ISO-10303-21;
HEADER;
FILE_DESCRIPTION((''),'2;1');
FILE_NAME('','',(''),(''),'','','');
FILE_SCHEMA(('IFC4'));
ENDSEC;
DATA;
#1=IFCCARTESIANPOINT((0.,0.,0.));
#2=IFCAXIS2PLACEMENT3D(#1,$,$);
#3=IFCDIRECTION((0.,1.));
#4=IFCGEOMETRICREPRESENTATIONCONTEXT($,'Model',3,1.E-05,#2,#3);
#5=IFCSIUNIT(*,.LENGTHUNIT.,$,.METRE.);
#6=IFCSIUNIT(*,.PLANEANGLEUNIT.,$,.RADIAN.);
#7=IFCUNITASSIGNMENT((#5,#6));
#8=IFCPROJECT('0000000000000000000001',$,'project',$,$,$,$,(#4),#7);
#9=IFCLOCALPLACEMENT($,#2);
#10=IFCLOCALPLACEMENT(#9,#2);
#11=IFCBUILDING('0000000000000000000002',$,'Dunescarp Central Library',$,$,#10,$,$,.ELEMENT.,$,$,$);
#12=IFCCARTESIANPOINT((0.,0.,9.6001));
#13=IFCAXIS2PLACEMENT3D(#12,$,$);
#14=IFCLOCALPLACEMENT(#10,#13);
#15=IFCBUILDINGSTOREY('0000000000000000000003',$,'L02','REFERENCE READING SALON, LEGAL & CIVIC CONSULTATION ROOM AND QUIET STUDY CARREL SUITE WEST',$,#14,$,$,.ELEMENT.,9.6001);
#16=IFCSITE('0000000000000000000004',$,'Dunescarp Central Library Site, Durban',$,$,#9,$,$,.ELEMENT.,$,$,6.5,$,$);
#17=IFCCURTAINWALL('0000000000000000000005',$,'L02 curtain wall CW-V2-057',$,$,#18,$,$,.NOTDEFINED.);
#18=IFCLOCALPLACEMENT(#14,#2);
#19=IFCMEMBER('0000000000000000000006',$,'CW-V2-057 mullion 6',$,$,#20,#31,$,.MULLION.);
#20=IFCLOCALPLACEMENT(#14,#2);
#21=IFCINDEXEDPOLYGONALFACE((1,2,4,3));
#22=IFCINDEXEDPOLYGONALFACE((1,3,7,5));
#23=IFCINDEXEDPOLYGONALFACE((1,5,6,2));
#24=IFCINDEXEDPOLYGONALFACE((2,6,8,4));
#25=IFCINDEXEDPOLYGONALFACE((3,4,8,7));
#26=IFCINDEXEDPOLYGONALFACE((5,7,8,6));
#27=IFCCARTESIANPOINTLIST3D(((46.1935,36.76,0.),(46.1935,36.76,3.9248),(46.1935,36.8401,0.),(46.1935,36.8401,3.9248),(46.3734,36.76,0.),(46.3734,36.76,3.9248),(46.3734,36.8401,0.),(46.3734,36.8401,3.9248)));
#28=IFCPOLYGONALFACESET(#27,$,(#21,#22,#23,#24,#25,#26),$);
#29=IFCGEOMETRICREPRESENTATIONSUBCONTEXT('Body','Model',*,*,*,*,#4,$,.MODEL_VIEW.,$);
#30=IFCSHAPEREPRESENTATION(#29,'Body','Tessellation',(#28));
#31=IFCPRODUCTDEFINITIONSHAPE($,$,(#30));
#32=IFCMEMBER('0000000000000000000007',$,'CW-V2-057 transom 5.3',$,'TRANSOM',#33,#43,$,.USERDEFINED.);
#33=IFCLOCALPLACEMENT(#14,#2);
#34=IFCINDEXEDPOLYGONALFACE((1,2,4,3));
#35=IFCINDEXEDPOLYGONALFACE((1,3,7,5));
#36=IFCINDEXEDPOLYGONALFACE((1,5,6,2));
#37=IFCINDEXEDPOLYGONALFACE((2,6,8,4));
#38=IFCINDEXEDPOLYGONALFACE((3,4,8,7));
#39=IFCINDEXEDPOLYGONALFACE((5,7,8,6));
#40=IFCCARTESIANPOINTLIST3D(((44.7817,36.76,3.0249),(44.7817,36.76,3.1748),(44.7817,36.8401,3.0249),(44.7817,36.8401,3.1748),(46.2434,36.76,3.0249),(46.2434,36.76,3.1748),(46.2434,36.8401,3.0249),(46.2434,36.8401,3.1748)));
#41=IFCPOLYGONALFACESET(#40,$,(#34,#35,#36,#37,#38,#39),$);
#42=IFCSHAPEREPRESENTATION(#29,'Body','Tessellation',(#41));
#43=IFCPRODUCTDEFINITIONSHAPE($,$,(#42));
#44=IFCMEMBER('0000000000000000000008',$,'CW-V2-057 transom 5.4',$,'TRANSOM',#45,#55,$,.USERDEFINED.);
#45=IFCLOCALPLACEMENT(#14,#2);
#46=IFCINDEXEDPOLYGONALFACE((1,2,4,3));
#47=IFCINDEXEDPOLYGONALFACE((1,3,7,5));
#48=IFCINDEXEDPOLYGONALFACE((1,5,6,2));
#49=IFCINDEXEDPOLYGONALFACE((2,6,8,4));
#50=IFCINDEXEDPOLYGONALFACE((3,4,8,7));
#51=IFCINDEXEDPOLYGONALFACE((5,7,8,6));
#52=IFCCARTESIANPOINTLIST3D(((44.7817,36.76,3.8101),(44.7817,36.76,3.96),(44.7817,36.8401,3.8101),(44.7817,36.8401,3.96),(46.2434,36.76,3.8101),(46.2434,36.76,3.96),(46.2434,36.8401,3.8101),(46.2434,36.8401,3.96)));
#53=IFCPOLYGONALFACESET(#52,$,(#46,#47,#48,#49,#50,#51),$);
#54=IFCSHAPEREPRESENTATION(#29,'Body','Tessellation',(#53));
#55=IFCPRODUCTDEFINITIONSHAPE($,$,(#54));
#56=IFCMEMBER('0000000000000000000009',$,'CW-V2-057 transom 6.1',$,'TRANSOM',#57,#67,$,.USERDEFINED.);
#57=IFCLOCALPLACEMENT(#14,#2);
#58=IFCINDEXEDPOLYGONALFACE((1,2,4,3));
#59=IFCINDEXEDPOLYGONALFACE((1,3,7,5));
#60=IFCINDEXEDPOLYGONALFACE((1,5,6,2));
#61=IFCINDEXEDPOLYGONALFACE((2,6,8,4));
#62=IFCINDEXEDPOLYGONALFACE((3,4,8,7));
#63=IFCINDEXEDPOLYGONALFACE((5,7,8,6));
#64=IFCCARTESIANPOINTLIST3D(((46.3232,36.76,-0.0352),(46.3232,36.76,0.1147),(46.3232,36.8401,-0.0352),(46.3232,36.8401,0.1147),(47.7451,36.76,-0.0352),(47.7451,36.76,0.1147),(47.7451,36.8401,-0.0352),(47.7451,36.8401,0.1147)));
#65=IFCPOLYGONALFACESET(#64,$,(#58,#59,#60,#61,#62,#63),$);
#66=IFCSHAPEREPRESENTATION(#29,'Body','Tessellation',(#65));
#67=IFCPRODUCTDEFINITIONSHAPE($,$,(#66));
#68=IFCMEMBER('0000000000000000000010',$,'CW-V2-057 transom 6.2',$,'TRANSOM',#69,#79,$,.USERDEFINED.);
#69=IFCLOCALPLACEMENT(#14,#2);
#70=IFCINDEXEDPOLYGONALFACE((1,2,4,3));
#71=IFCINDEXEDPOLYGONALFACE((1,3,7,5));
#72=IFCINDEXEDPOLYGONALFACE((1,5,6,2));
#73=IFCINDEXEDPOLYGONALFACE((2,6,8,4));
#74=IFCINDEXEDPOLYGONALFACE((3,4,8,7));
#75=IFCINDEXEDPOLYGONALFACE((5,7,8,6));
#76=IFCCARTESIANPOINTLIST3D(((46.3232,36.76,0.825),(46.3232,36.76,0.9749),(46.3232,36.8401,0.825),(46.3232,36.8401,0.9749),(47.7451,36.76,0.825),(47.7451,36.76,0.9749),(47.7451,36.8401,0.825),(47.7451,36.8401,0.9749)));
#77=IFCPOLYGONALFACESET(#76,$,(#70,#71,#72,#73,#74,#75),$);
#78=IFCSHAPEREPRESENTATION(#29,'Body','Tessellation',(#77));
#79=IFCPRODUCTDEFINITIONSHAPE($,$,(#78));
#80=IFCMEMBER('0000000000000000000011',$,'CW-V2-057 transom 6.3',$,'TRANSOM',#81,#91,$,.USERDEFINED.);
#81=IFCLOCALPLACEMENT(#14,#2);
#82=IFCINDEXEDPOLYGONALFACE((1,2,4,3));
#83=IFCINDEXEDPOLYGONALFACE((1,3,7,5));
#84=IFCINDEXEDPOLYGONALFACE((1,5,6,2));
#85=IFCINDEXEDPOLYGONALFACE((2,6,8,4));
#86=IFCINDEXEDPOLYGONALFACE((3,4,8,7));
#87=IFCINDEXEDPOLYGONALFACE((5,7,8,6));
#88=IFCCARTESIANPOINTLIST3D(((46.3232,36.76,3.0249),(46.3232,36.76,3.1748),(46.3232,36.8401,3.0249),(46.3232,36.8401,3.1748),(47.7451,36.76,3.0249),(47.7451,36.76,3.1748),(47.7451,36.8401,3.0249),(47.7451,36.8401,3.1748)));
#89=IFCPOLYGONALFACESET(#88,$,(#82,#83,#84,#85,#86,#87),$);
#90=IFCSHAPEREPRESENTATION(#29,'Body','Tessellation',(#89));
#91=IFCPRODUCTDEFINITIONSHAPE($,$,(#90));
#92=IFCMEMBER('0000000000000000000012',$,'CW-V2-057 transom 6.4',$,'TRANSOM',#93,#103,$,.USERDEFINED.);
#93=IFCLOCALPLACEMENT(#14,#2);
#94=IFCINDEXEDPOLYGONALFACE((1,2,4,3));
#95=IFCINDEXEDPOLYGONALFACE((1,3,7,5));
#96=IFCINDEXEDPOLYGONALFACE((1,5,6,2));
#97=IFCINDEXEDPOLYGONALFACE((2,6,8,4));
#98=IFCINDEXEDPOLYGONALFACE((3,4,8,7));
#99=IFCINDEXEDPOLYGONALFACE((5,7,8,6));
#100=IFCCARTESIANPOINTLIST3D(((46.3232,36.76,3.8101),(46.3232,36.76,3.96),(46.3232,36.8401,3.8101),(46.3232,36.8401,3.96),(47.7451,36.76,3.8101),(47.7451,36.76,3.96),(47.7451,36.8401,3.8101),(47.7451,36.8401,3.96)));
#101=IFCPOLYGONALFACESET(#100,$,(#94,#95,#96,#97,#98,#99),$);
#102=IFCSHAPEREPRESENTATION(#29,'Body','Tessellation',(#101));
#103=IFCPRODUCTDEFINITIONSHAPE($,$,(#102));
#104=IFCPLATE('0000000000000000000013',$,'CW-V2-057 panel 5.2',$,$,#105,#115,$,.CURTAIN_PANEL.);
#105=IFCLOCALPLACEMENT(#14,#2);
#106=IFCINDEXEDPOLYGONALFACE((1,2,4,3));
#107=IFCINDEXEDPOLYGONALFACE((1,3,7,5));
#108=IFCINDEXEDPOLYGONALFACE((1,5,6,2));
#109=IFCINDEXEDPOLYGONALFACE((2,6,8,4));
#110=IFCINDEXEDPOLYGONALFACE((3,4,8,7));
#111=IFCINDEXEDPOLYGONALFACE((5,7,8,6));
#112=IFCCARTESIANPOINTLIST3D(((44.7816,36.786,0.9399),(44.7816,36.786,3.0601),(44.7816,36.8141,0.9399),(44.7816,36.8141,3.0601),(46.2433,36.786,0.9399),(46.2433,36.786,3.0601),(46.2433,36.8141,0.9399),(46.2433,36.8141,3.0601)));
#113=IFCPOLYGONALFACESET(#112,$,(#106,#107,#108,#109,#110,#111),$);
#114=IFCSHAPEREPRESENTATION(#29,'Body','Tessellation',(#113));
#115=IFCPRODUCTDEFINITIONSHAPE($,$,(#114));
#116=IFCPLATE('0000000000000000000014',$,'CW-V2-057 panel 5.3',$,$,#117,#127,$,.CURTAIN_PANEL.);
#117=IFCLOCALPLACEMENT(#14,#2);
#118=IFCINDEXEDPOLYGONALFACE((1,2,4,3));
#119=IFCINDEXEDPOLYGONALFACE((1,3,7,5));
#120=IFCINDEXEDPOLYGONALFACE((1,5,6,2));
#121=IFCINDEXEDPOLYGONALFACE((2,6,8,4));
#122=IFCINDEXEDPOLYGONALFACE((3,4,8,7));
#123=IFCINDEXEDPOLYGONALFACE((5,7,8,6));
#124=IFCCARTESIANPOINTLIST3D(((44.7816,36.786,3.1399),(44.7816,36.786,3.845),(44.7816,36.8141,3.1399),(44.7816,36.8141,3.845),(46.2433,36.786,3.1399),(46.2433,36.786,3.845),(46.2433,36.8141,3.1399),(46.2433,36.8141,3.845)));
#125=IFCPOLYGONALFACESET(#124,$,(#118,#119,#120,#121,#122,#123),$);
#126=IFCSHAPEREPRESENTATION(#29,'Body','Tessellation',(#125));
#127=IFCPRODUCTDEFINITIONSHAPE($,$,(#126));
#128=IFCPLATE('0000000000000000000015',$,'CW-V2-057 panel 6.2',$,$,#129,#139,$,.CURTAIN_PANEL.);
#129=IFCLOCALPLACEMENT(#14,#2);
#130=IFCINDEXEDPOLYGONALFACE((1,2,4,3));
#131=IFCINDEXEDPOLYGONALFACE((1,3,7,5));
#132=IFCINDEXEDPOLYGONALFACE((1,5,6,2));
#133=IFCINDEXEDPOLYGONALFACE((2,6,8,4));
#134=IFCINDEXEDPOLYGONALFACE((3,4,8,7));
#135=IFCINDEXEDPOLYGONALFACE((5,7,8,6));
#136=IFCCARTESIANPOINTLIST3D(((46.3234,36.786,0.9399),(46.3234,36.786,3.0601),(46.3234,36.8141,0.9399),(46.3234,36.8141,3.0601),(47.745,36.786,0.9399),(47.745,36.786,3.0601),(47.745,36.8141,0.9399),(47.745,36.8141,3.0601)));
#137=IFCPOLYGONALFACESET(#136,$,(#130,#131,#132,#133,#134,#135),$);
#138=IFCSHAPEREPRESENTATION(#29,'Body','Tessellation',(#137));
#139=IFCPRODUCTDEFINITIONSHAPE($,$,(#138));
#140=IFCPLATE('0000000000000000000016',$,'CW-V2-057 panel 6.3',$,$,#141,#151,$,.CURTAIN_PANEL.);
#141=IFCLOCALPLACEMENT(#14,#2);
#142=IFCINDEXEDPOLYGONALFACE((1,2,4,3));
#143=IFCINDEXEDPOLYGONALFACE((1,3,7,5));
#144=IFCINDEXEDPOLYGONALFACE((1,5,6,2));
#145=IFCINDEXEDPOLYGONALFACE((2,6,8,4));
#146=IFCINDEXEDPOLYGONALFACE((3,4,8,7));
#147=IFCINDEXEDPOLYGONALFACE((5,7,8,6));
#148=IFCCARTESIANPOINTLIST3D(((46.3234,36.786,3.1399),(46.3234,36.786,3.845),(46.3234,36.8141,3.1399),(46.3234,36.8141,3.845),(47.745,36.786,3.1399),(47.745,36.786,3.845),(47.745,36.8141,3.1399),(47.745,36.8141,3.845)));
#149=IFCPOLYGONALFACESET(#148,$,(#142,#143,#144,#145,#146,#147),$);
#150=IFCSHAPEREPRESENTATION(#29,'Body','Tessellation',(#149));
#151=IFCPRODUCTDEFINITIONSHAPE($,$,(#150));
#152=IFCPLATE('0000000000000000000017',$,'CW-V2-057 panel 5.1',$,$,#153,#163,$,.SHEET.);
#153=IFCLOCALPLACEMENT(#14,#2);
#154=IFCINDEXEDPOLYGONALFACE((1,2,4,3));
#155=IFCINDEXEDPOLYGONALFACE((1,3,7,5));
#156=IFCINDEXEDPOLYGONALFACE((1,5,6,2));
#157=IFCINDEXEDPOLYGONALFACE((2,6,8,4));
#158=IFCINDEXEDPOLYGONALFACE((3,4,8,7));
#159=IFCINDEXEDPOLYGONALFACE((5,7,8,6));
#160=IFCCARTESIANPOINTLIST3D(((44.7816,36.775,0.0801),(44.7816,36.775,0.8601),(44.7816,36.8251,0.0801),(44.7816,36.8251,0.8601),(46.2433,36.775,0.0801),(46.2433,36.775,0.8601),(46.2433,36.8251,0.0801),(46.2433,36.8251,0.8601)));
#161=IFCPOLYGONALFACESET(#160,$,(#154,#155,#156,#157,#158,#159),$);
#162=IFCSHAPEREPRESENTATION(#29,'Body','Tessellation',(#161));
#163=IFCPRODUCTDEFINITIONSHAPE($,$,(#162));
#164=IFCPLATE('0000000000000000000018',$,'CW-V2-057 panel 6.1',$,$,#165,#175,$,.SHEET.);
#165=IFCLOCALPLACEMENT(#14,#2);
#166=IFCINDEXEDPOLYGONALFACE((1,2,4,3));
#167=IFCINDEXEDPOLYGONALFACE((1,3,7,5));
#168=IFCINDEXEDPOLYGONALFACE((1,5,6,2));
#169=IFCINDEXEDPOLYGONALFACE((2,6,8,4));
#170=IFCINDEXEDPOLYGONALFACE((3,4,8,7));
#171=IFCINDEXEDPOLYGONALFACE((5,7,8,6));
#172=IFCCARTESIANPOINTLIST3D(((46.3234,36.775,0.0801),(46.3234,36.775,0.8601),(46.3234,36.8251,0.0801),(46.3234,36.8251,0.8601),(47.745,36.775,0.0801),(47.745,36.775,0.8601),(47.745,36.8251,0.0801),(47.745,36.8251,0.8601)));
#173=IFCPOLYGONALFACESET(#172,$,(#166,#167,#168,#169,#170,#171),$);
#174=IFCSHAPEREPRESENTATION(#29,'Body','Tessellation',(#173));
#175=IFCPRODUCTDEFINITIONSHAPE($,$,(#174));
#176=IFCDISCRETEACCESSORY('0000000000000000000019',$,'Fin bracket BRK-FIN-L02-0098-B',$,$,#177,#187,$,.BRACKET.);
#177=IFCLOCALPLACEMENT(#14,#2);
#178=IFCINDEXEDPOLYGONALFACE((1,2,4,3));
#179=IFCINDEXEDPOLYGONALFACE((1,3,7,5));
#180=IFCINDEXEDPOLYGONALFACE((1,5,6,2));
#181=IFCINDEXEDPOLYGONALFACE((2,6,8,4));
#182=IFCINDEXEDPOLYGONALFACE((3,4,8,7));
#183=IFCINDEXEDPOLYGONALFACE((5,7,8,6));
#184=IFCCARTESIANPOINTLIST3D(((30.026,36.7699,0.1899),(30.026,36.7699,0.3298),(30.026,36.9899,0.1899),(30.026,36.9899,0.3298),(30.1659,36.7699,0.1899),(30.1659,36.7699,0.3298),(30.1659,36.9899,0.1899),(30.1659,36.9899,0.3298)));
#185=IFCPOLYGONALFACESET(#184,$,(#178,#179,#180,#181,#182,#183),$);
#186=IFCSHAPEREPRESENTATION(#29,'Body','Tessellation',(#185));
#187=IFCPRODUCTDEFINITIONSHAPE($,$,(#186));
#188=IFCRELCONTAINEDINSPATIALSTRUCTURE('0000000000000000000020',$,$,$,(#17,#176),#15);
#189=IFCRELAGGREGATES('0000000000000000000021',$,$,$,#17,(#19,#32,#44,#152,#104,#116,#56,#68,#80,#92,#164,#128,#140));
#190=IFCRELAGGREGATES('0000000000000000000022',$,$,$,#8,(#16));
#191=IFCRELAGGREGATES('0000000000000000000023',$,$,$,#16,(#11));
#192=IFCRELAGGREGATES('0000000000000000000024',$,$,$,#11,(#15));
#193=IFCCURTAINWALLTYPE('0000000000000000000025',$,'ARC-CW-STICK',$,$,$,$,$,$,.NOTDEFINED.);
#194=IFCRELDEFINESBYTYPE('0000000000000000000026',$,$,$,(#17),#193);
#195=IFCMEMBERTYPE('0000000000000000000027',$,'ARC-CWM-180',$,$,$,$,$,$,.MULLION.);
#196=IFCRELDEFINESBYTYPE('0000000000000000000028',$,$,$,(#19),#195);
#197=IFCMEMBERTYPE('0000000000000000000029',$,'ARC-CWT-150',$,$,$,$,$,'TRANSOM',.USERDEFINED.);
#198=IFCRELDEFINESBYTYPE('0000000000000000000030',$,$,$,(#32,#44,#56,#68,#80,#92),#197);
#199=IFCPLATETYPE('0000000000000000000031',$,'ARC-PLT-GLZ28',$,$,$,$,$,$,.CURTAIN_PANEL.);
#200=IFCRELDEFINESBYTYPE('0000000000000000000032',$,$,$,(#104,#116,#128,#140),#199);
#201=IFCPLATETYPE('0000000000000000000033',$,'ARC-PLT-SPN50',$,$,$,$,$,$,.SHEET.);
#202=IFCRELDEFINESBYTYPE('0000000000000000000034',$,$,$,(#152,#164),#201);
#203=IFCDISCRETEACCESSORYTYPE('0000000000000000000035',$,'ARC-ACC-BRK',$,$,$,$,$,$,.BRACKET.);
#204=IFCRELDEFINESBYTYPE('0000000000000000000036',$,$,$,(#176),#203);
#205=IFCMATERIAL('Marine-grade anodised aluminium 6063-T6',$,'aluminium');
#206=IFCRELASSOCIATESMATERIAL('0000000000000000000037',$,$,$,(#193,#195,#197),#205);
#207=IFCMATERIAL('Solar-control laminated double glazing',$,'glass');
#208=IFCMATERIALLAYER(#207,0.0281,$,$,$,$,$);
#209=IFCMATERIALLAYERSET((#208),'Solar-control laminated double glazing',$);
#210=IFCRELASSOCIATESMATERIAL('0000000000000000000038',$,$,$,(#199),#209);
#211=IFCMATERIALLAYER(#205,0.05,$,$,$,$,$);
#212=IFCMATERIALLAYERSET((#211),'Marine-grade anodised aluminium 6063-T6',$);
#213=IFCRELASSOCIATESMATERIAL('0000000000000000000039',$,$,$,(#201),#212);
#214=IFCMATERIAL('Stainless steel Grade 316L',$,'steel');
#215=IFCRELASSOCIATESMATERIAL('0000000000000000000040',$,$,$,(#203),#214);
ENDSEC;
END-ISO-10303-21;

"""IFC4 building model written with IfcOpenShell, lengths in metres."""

from ifc_helpers import new_model, si_unit, direction, frame, origin, origin_2d, place, context, subcontext, project, spatial, rectangle, extrude, material, layer, layer_set, material_profile, profile_set, type_object, element, aggregate, save


model = new_model("IFC4")

# Units and contexts
model_context = context("Model", 3, precision=1e-05, world=origin(), true_north=direction((0.0, 1.0)))
body_context = subcontext(model_context, "Body", "Model", "MODEL_VIEW")
ifc_project = project(units=[si_unit("LENGTHUNIT", "METRE"), si_unit("PLANEANGLEUNIT", "RADIAN")], contexts=[model_context])

# Site, building, storey
site_placement = place(None, origin())
site = spatial("IfcSite", under=ifc_project, at=site_placement, Name="Dunescarp Central Library Site, Durban", CompositionType="ELEMENT", RefElevation=6.5)
building_placement = place(site_placement, origin())
building = spatial("IfcBuilding", under=site, at=building_placement, Name="Dunescarp Central Library", CompositionType="ELEMENT")
storey_placement = place(building_placement, frame((0.0, 0.0, 9.6001)))
storey = spatial("IfcBuildingStorey", under=building, at=storey_placement, Name="L02", Description="REFERENCE READING SALON, LEGAL & CIVIC CONSULTATION ROOM AND QUIET STUDY CARREL SUITE WEST", CompositionType="ELEMENT", Elevation=9.6001)

# Curtain wall, members, plates
ifc_material_1 = material(Name="Marine-grade anodised aluminium 6063-T6", Category="aluminium")
curtain_wall_type = type_object("IfcCurtainWallType", Name="ARC-CW-STICK", PredefinedType="NOTDEFINED", material=ifc_material_1)
curtain_wall_placement = place(storey_placement, origin())
curtain_wall = element("IfcCurtainWall", 1, at=curtain_wall_placement, inside=storey, type_object=curtain_wall_type, Name="L02 curtain wall CW-V2-057", PredefinedType="NOTDEFINED")
ifc_material_profile_1 = material_profile(ifc_material_1, rectangle(XDim=0.0801, YDim=0.1799, at=origin_2d()), Name="AL 80x180")
ifc_profile_set_1 = profile_set([ifc_material_profile_1], Name="Marine-grade anodised aluminium 6063-T6")
member_type_1 = type_object("IfcMemberType", Name="ARC-CWM-180", PredefinedType="MULLION", material=ifc_profile_set_1)
member_1_placement = place(storey_placement, frame((46.2834, 36.8, 0.0), z_axis=(0.0, 0.0, 1.0), x_axis=(0.0, 1.0, 0.0)))
member_1 = element("IfcMember", 2, at=member_1_placement, type_object=member_type_1, Name="CW-V2-057 mullion 6", PredefinedType="MULLION", context=body_context, shape_type="SweptSolid", body=[
    extrude(rectangle(XDim=0.0801, YDim=0.1799, at=origin_2d()), origin(), (0.0, 0.0, 1.0), 3.9248),
])
ifc_material_profile_2 = material_profile(ifc_material_1, rectangle(XDim=0.0801, YDim=0.1499, at=origin_2d()), Name="AL 80x150")
ifc_profile_set_2 = profile_set([ifc_material_profile_2], Name="Marine-grade anodised aluminium 6063-T6")
member_type_2 = type_object("IfcMemberType", Name="ARC-CWT-150", ElementType="TRANSOM", PredefinedType="USERDEFINED", material=ifc_profile_set_2)
member_2_placement = place(storey_placement, frame((44.7817, 36.8, 3.0999), z_axis=(1.0, 0.0, 0.0), x_axis=(0.0, 1.0, 0.0)))
member_2 = element("IfcMember", 3, at=member_2_placement, type_object=member_type_2, Name="CW-V2-057 transom 5.3", ObjectType="TRANSOM", PredefinedType="USERDEFINED", context=body_context, shape_type="SweptSolid", body=[
    extrude(rectangle(XDim=0.0801, YDim=0.1499, at=origin_2d()), origin(), (0.0, 0.0, 1.0), 1.4617),
])
member_3_placement = place(storey_placement, frame((44.7817, 36.8, 3.885), z_axis=(1.0, 0.0, 0.0), x_axis=(0.0, 1.0, 0.0)))
member_3 = element("IfcMember", 4, at=member_3_placement, type_object=member_type_2, Name="CW-V2-057 transom 5.4", ObjectType="TRANSOM", PredefinedType="USERDEFINED", context=body_context, shape_type="SweptSolid", body=[
    extrude(rectangle(XDim=0.0801, YDim=0.1499, at=origin_2d()), origin(), (0.0, 0.0, 1.0), 1.4617),
])
member_4_placement = place(storey_placement, frame((46.3232, 36.8, 0.0398), z_axis=(1.0, 0.0, 0.0), x_axis=(0.0, 1.0, 0.0)))
member_4 = element("IfcMember", 5, at=member_4_placement, type_object=member_type_2, Name="CW-V2-057 transom 6.1", ObjectType="TRANSOM", PredefinedType="USERDEFINED", context=body_context, shape_type="SweptSolid", body=[
    extrude(rectangle(XDim=0.0801, YDim=0.1499, at=origin_2d()), origin(), (0.0, 0.0, 1.0), 1.4219),
])
member_5_placement = place(storey_placement, frame((46.3232, 36.8, 0.8999), z_axis=(1.0, 0.0, 0.0), x_axis=(0.0, 1.0, 0.0)))
member_5 = element("IfcMember", 6, at=member_5_placement, type_object=member_type_2, Name="CW-V2-057 transom 6.2", ObjectType="TRANSOM", PredefinedType="USERDEFINED", context=body_context, shape_type="SweptSolid", body=[
    extrude(rectangle(XDim=0.0801, YDim=0.1499, at=origin_2d()), origin(), (0.0, 0.0, 1.0), 1.4219),
])
member_6_placement = place(storey_placement, frame((46.3232, 36.8, 3.0999), z_axis=(1.0, 0.0, 0.0), x_axis=(0.0, 1.0, 0.0)))
member_6 = element("IfcMember", 7, at=member_6_placement, type_object=member_type_2, Name="CW-V2-057 transom 6.3", ObjectType="TRANSOM", PredefinedType="USERDEFINED", context=body_context, shape_type="SweptSolid", body=[
    extrude(rectangle(XDim=0.0801, YDim=0.1499, at=origin_2d()), origin(), (0.0, 0.0, 1.0), 1.4219),
])
member_7_placement = place(storey_placement, frame((46.3232, 36.8, 3.885), z_axis=(1.0, 0.0, 0.0), x_axis=(0.0, 1.0, 0.0)))
member_7 = element("IfcMember", 8, at=member_7_placement, type_object=member_type_2, Name="CW-V2-057 transom 6.4", ObjectType="TRANSOM", PredefinedType="USERDEFINED", context=body_context, shape_type="SweptSolid", body=[
    extrude(rectangle(XDim=0.0801, YDim=0.1499, at=origin_2d()), origin(), (0.0, 0.0, 1.0), 1.4219),
])
ifc_material_2 = material(Name="Solar-control laminated double glazing", Category="glass")
ifc_layer_1 = layer(ifc_material_2, 0.0281)
ifc_layer_set_1 = layer_set([ifc_layer_1], Name="Solar-control laminated double glazing")
plate_type_1 = type_object("IfcPlateType", Name="ARC-PLT-GLZ28", PredefinedType="CURTAIN_PANEL", material=ifc_layer_set_1)
plate_1_placement = place(storey_placement, frame((45.5125, 36.8, 0.9399), z_axis=(0.0, 0.0, 1.0), x_axis=(1.0, 0.0, 0.0)))
plate_1 = element("IfcPlate", 9, at=plate_1_placement, type_object=plate_type_1, Name="CW-V2-057 panel 5.2", PredefinedType="CURTAIN_PANEL", context=body_context, shape_type="SweptSolid", body=[
    extrude(rectangle(XDim=1.4617, YDim=0.0281, at=origin_2d()), origin(), (0.0, 0.0, 1.0), 2.1201),
])
plate_2_placement = place(storey_placement, frame((45.5125, 36.8, 3.1399), z_axis=(0.0, 0.0, 1.0), x_axis=(1.0, 0.0, 0.0)))
plate_2 = element("IfcPlate", 10, at=plate_2_placement, type_object=plate_type_1, Name="CW-V2-057 panel 5.3", PredefinedType="CURTAIN_PANEL", context=body_context, shape_type="SweptSolid", body=[
    extrude(rectangle(XDim=1.4617, YDim=0.0281, at=origin_2d()), origin(), (0.0, 0.0, 1.0), 0.7051),
])
plate_3_placement = place(storey_placement, frame((47.0342, 36.8, 0.9399), z_axis=(0.0, 0.0, 1.0), x_axis=(1.0, 0.0, 0.0)))
plate_3 = element("IfcPlate", 11, at=plate_3_placement, type_object=plate_type_1, Name="CW-V2-057 panel 6.2", PredefinedType="CURTAIN_PANEL", context=body_context, shape_type="SweptSolid", body=[
    extrude(rectangle(XDim=1.4216, YDim=0.0281, at=origin_2d()), origin(), (0.0, 0.0, 1.0), 2.1201),
])
plate_4_placement = place(storey_placement, frame((47.0342, 36.8, 3.1399), z_axis=(0.0, 0.0, 1.0), x_axis=(1.0, 0.0, 0.0)))
plate_4 = element("IfcPlate", 12, at=plate_4_placement, type_object=plate_type_1, Name="CW-V2-057 panel 6.3", PredefinedType="CURTAIN_PANEL", context=body_context, shape_type="SweptSolid", body=[
    extrude(rectangle(XDim=1.4216, YDim=0.0281, at=origin_2d()), origin(), (0.0, 0.0, 1.0), 0.7051),
])
ifc_layer_2 = layer(ifc_material_1, 0.05)
ifc_layer_set_2 = layer_set([ifc_layer_2], Name="Marine-grade anodised aluminium 6063-T6")
plate_type_2 = type_object("IfcPlateType", Name="ARC-PLT-SPN50", PredefinedType="SHEET", material=ifc_layer_set_2)
plate_5_placement = place(storey_placement, frame((45.5125, 36.8, 0.0801), z_axis=(0.0, 0.0, 1.0), x_axis=(1.0, 0.0, 0.0)))
plate_5 = element("IfcPlate", 13, at=plate_5_placement, type_object=plate_type_2, Name="CW-V2-057 panel 5.1", PredefinedType="SHEET", context=body_context, shape_type="SweptSolid", body=[
    extrude(rectangle(XDim=1.4617, YDim=0.05, at=origin_2d()), origin(), (0.0, 0.0, 1.0), 0.78),
])
plate_6_placement = place(storey_placement, frame((47.0342, 36.8, 0.0801), z_axis=(0.0, 0.0, 1.0), x_axis=(1.0, 0.0, 0.0)))
plate_6 = element("IfcPlate", 14, at=plate_6_placement, type_object=plate_type_2, Name="CW-V2-057 panel 6.1", PredefinedType="SHEET", context=body_context, shape_type="SweptSolid", body=[
    extrude(rectangle(XDim=1.4216, YDim=0.05, at=origin_2d()), origin(), (0.0, 0.0, 1.0), 0.78),
])
aggregate(curtain_wall, [member_1, member_2, member_3, plate_5, plate_1, plate_2, member_4, member_5, member_6, member_7, plate_6, plate_3, plate_4])

# Discrete accessory
ifc_material_3 = material(Name="Stainless steel Grade 316L", Category="steel")
discrete_accessory_type = type_object("IfcDiscreteAccessoryType", Name="ARC-ACC-BRK", PredefinedType="BRACKET", material=ifc_material_3)
for number, where, z_axis, x_axis, name in (
    (15, (30.0959, 36.8799, 0.1899), (0.0, 0.0, 1.0), (0.0, 1.0, 0.0), "Fin bracket BRK-FIN-L02-0098-B"),
):
    element("IfcDiscreteAccessory", number, at=place(storey_placement, frame(where, z_axis=z_axis, x_axis=x_axis)), inside=storey, type_object=discrete_accessory_type, Name=name, PredefinedType="BRACKET", context=body_context, shape_type="SweptSolid", body=[
        extrude(rectangle(XDim=0.22, YDim=0.1399, at=origin_2d()), origin(), (0.0, 0.0, 1.0), 0.1399),
    ])

save(model, "model.ifc")
